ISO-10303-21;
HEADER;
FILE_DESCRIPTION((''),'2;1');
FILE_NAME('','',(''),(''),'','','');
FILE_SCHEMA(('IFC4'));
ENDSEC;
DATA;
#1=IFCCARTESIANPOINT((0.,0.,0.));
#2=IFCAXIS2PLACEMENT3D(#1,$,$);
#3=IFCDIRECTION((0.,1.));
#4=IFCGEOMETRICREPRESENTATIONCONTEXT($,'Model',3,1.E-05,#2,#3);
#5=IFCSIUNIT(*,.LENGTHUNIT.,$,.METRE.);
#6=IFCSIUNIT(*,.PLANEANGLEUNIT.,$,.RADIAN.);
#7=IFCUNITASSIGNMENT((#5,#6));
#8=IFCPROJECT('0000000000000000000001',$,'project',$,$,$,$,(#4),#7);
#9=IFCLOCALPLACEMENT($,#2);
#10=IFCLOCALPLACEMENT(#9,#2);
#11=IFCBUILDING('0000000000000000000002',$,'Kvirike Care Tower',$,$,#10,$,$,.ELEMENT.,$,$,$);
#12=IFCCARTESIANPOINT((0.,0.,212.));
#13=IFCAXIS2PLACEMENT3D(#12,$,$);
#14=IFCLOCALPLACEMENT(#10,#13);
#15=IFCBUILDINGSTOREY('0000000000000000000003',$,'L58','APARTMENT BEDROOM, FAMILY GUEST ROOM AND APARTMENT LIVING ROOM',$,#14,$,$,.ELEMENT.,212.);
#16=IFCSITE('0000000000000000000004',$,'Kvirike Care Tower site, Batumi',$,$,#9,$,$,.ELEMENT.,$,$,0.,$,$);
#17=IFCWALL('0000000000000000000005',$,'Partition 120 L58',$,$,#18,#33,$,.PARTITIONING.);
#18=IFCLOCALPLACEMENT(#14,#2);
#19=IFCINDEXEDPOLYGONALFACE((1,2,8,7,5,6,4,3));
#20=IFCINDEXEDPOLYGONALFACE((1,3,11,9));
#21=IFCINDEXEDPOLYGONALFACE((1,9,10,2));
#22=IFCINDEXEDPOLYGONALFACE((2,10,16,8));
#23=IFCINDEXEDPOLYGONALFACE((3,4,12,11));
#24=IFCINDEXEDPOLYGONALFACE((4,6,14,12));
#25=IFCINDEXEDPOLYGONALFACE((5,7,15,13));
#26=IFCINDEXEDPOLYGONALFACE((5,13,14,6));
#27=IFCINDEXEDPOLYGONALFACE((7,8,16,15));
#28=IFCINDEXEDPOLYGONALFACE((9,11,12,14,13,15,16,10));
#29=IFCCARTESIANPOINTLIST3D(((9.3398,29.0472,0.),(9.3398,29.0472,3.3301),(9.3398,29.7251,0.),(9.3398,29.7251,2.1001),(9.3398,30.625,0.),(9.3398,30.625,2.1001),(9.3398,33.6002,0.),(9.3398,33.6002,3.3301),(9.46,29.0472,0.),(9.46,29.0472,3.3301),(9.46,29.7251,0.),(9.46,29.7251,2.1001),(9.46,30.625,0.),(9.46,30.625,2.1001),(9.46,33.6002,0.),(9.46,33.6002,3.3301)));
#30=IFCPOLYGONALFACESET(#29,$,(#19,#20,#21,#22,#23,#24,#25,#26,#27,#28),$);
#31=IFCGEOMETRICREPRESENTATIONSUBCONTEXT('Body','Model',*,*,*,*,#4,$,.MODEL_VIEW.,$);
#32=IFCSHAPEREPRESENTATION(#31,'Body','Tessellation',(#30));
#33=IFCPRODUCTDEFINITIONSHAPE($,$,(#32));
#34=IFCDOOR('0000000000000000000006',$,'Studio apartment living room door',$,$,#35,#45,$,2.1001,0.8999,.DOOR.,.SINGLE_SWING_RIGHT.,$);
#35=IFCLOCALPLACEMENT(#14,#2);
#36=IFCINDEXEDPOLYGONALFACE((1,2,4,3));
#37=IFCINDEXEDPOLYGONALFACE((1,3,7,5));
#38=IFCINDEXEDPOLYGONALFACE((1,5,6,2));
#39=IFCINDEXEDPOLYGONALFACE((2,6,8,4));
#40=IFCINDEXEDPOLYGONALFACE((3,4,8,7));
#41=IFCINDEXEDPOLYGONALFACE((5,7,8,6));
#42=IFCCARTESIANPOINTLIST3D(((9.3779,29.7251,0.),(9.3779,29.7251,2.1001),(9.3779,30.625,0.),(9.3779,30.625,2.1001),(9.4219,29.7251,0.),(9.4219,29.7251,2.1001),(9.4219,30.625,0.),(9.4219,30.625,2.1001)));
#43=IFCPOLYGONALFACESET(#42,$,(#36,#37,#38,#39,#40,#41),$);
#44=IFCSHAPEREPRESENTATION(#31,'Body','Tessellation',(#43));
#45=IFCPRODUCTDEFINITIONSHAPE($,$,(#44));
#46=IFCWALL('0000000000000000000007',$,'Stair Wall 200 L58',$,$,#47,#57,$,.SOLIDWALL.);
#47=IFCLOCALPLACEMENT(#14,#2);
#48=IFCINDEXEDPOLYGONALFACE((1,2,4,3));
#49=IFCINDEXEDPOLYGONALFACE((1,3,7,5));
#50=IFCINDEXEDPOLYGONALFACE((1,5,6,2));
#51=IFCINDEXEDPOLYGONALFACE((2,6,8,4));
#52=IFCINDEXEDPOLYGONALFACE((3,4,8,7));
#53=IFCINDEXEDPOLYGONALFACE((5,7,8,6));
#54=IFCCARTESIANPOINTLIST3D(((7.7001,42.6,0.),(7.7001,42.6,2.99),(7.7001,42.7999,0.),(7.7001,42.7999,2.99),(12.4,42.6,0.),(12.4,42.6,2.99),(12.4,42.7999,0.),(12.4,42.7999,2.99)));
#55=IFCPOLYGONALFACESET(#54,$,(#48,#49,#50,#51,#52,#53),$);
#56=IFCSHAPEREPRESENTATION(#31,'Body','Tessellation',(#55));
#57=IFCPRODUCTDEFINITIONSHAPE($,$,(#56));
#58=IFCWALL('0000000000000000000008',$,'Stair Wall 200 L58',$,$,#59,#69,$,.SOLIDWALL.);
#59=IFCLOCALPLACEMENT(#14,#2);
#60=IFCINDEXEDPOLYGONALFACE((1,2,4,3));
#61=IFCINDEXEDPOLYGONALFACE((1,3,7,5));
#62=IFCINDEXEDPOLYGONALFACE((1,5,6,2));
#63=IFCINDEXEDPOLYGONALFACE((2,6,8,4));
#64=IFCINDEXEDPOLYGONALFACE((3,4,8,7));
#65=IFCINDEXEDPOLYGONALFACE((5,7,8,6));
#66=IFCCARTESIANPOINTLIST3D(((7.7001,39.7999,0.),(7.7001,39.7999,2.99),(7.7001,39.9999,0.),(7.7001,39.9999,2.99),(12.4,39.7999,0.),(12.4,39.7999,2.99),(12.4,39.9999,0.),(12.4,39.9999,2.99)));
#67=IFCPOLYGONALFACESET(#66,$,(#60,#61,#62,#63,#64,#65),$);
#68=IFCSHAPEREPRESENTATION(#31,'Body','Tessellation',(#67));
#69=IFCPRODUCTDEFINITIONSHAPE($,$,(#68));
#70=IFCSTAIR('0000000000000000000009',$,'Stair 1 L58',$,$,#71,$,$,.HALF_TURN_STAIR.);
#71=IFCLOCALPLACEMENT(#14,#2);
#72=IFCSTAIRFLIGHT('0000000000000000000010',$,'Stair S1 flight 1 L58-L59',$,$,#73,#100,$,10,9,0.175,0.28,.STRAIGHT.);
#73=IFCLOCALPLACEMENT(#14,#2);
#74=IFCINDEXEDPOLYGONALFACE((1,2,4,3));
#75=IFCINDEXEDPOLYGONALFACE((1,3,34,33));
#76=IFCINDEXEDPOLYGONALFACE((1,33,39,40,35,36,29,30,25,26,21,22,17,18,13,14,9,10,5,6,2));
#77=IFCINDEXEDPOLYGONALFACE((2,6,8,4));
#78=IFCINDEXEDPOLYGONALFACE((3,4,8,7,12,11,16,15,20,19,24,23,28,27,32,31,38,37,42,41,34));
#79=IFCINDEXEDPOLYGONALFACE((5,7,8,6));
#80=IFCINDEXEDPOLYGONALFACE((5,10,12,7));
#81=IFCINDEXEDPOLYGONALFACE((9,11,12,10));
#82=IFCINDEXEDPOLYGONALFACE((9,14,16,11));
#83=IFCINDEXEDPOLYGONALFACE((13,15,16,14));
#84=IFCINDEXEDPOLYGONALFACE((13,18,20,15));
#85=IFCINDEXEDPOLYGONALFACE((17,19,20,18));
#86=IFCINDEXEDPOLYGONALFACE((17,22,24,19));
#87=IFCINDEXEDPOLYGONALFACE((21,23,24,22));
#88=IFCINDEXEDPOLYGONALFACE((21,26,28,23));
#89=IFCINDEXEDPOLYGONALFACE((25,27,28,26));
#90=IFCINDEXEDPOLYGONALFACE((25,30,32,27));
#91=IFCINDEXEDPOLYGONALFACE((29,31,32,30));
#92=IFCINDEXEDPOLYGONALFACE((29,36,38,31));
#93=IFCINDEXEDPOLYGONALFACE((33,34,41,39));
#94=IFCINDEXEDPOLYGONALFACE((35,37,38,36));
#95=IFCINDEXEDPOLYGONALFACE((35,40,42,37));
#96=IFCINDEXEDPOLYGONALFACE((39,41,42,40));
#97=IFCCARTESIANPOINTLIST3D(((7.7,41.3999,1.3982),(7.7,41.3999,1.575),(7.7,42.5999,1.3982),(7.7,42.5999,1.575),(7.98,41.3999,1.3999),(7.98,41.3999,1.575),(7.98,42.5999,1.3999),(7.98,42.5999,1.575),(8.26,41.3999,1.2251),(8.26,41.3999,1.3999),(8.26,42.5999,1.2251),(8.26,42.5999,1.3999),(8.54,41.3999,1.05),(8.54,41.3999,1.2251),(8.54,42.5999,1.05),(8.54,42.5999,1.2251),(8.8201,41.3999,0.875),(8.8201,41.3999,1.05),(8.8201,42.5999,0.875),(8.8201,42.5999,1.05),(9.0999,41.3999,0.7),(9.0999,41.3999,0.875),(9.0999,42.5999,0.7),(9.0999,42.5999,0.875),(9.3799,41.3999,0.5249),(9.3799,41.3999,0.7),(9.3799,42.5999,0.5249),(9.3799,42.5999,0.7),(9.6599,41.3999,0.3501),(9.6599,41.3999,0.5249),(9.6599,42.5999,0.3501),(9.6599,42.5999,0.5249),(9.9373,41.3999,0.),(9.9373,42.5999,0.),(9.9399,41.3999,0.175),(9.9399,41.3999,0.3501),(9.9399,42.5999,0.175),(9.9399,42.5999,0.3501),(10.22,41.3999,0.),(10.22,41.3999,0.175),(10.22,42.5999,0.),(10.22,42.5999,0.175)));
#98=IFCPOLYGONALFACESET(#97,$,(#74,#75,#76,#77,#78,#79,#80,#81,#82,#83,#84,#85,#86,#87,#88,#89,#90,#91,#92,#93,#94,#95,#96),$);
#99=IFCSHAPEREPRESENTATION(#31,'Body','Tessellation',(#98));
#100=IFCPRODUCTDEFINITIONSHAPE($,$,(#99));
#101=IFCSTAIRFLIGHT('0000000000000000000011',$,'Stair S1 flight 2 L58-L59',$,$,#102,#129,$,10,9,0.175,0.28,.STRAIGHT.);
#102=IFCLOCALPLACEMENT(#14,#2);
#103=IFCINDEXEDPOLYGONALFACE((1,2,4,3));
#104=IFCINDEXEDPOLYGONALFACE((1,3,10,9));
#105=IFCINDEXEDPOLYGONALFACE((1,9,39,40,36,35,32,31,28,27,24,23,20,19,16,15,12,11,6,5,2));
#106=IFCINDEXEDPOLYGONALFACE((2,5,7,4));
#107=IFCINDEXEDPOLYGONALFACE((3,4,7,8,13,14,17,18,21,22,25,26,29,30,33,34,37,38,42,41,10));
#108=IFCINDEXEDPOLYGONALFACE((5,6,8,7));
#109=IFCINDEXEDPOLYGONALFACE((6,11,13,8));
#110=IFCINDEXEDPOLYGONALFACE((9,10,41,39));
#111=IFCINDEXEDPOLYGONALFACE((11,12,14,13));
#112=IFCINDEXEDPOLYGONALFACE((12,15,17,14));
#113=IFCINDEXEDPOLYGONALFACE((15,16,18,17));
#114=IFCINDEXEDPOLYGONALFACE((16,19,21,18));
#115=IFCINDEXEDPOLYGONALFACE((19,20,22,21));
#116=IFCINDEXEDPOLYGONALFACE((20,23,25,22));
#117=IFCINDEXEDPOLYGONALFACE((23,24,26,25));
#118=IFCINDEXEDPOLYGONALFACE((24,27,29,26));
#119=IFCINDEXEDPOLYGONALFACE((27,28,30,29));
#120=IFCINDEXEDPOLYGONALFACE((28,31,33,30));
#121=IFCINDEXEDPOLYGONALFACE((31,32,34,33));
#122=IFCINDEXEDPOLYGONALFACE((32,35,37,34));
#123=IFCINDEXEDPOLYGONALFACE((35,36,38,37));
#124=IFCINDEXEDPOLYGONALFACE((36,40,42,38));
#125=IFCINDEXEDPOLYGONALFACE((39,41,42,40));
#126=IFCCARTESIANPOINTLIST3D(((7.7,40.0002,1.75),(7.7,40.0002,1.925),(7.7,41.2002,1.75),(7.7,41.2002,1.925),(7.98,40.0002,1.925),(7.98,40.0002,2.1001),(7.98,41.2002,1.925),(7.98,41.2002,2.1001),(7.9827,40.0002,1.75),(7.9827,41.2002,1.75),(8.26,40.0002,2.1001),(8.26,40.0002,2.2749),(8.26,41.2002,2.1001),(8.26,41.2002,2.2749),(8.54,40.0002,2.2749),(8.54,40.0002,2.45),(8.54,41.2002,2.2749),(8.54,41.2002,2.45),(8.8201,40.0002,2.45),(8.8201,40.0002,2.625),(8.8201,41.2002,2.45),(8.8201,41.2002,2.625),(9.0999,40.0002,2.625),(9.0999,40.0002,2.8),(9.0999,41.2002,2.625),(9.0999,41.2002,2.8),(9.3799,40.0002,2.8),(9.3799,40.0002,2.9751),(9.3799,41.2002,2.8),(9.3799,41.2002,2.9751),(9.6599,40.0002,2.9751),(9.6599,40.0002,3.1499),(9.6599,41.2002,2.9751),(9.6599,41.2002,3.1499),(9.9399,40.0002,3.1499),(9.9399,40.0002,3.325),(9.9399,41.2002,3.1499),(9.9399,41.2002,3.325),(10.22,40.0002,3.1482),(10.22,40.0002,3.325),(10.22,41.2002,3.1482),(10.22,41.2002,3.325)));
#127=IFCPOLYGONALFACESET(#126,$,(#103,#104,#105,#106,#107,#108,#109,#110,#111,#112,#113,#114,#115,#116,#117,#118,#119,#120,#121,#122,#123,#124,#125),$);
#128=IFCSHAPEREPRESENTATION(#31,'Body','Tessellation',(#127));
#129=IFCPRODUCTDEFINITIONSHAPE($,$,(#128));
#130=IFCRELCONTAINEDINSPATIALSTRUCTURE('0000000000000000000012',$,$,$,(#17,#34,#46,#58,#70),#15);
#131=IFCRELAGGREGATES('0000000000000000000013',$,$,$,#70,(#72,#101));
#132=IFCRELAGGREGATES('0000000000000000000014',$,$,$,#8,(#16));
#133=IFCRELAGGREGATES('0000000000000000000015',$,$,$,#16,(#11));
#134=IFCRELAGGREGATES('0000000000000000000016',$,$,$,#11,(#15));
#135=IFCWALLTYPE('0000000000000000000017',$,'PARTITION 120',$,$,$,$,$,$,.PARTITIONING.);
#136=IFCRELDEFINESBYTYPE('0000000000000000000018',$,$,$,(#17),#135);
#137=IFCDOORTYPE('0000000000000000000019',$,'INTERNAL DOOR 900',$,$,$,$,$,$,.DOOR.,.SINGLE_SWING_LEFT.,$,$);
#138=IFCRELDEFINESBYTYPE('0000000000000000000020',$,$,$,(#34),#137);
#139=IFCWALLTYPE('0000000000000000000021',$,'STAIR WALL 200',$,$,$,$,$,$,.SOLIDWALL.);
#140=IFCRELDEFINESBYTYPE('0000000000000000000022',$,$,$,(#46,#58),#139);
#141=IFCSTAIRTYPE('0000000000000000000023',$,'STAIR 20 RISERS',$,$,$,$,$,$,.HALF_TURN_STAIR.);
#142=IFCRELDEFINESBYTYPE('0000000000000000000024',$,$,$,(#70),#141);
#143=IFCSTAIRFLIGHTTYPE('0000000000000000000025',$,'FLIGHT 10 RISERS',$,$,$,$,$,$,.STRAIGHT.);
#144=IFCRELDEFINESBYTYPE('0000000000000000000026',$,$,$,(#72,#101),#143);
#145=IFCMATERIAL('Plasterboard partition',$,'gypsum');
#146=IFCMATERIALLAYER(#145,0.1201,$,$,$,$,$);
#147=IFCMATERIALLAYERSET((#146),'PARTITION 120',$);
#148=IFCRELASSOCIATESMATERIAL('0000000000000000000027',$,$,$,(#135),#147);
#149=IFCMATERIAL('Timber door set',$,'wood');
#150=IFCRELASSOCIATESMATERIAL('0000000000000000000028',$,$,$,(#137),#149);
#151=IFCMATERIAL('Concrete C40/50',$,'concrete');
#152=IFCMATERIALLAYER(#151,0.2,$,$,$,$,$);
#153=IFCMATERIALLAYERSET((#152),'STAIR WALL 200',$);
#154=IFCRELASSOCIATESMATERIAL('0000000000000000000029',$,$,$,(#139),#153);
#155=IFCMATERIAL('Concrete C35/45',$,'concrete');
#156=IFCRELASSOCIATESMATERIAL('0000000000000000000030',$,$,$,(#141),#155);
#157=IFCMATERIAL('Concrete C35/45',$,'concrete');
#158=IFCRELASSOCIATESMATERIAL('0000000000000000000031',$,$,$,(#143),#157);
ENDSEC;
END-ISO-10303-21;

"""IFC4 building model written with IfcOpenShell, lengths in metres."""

from ifc_helpers import new_model, si_unit, direction, frame, frame_2d, origin, place, context, subcontext, project, spatial, polyline, rectangle, outline, extrude, material, layer, layer_set, type_object, element, fill, aggregate, save


model = new_model("IFC4")

# Units and contexts
model_context = context("Model", 3, precision=1e-05, world=origin(), true_north=direction((0.0, 1.0)))
body_context = subcontext(model_context, "Body", "Model", "MODEL_VIEW")
ifc_project = project(units=[si_unit("LENGTHUNIT", "METRE"), si_unit("PLANEANGLEUNIT", "RADIAN")], contexts=[model_context])

# Site, building, storey
site_placement = place(None, origin())
site = spatial("IfcSite", under=ifc_project, at=site_placement, Name="Kvirike Care Tower site, Batumi", CompositionType="ELEMENT", RefElevation=0.0)
building_placement = place(site_placement, origin())
building = spatial("IfcBuilding", under=site, at=building_placement, Name="Kvirike Care Tower", CompositionType="ELEMENT")
storey_placement = place(building_placement, frame((0.0, 0.0, 212.0)))
storey = spatial("IfcBuildingStorey", under=building, at=storey_placement, Name="L58", Description="APARTMENT BEDROOM, FAMILY GUEST ROOM AND APARTMENT LIVING ROOM", CompositionType="ELEMENT", Elevation=212.0)

# Wall, opening, door
ifc_material_1 = material(Name="Plasterboard partition", Category="gypsum")
ifc_layer_1 = layer(ifc_material_1, 0.1201)
ifc_layer_set_1 = layer_set([ifc_layer_1], Name="PARTITION 120")
wall_type_1 = type_object("IfcWallType", Name="PARTITION 120", PredefinedType="PARTITIONING", material=ifc_layer_set_1)
ifc_material_2 = material(Name="Timber door set", Category="wood")
door_type_1 = type_object("IfcDoorType", Name="INTERNAL DOOR 900", OperationType="SINGLE_SWING_LEFT", PredefinedType="DOOR", material=ifc_material_2)
wall_1_placement = place(storey_placement, frame((9.3999, 33.6001, 0.0), z_axis=(0.0, 0.0, 1.0), x_axis=(0.0, -1.0, 0.0)))
wall_1 = element("IfcWall", 1, at=wall_1_placement, inside=storey, type_object=wall_type_1, Name="Partition 120 L58", PredefinedType="PARTITIONING", context=body_context, shape_type="SweptSolid", body=[
    extrude(rectangle(XDim=4.553, YDim=0.1201, at=frame_2d((2.2764, 0.0))), origin(), (0.0, 0.0, 1.0), 3.3301),
])
opening_1_placement = place(wall_1_placement, frame((2.9751, 0.0, 0.0)))
opening_1 = element("IfcOpeningElement", 2, at=opening_1_placement, cuts=wall_1, PredefinedType="OPENING", context=body_context, shape_type="SweptSolid", body=[
    extrude(rectangle(XDim=0.8999, YDim=2.1001, at=frame_2d((0.45, 1.05))), frame((0.0, 0.0706, 0.0), z_axis=(0.0, -1.0, 0.0), x_axis=(1.0, 0.0, 0.0)), (0.0, 0.0, 1.0), 0.1411),
])
door_1_placement = place(opening_1_placement, origin())
door_1 = element("IfcDoor", 3, at=door_1_placement, inside=storey, type_object=door_type_1, Name="Studio apartment living room door", OperationType="SINGLE_SWING_RIGHT", OverallHeight=2.1001, OverallWidth=0.8999, PredefinedType="DOOR", context=body_context, shape_type="SweptSolid", body=[
    extrude(rectangle(XDim=0.8999, YDim=2.1001, at=frame_2d((0.45, 1.05))), frame((0.0, 0.022, 0.0), z_axis=(0.0, -1.0, 0.0), x_axis=(1.0, 0.0, 0.0)), (0.0, 0.0, 1.0), 0.0439),
])
fill(opening_1, door_1)

# Walls
ifc_material_3 = material(Name="Concrete C40/50", Category="concrete")
ifc_layer_2 = layer(ifc_material_3, 0.2)
ifc_layer_set_2 = layer_set([ifc_layer_2], Name="STAIR WALL 200")
wall_type_2 = type_object("IfcWallType", Name="STAIR WALL 200", PredefinedType="SOLIDWALL", material=ifc_layer_set_2)
for number, where, z_axis, x_axis, name in (
    (4, (7.7, 42.7, 0.0), (0.0, 0.0, 1.0), (1.0, 0.0, 0.0), "Stair Wall 200 L58"),
    (5, (7.7, 39.8999, 0.0), (0.0, 0.0, 1.0), (1.0, 0.0, 0.0), "Stair Wall 200 L58"),
):
    element("IfcWall", number, at=place(storey_placement, frame(where, z_axis=z_axis, x_axis=x_axis)), inside=storey, type_object=wall_type_2, Name=name, PredefinedType="SOLIDWALL", context=body_context, shape_type="SweptSolid", body=[
        extrude(rectangle(XDim=4.7, YDim=0.2, at=frame_2d((2.3501, 0.0))), origin(), (0.0, 0.0, 1.0), 2.99),
    ])

# Stair, stair flights
ifc_material_4 = material(Name="Concrete C35/45", Category="concrete")
stair_type = type_object("IfcStairType", Name="STAIR 20 RISERS", PredefinedType="HALF_TURN_STAIR", material=ifc_material_4)
stair_placement = place(storey_placement, origin())
stair = element("IfcStair", 6, at=stair_placement, inside=storey, type_object=stair_type, Name="Stair 1 L58", PredefinedType="HALF_TURN_STAIR")
ifc_material_5 = material(Name="Concrete C35/45", Category="concrete")
stair_flight_type = type_object("IfcStairFlightType", Name="FLIGHT 10 RISERS", PredefinedType="STRAIGHT", material=ifc_material_5)
stair_flight_1_placement = place(storey_placement, frame((10.22, 42.0, 0.0), z_axis=(0.0, 0.0, 1.0), x_axis=(-1.0, 0.0, 0.0)))
stair_flight_1 = element("IfcStairFlight", 7, at=stair_flight_1_placement, type_object=stair_flight_type, Name="Stair S1 flight 1 L58-L59", NumberOfRisers=10, NumberOfTreads=9, PredefinedType="STRAIGHT", RiserHeight=0.175, TreadLength=0.28, context=body_context, shape_type="SweptSolid", body=[
    extrude(outline(polyline([(0.0, 0.0), (0.0, 0.175), (0.28, 0.175), (0.28, 0.3501), (0.5601, 0.3501), (0.5601, 0.5249), (0.8401, 0.5249), (0.8401, 0.7), (1.1201, 0.7), (1.1201, 0.875), (1.3999, 0.875), (1.3999, 1.05), (1.6799, 1.05), (1.6799, 1.2251), (1.96, 1.2251), (1.96, 1.3999), (2.24, 1.3999), (2.24, 1.575), (2.52, 1.575), (2.52, 1.75), (2.52, 1.3982), (0.2827, 0.0), (0.0, 0.0)])), frame((0.0, 0.6001, 0.0), z_axis=(0.0, -1.0, 0.0), x_axis=(1.0, 0.0, 0.0)), (0.0, 0.0, 1.0), 1.2),
])
stair_flight_2_placement = place(storey_placement, frame((7.7, 40.6001, 1.75), z_axis=(0.0, 0.0, 1.0), x_axis=(1.0, 0.0, 0.0)))
stair_flight_2 = element("IfcStairFlight", 8, at=stair_flight_2_placement, type_object=stair_flight_type, Name="Stair S1 flight 2 L58-L59", NumberOfRisers=10, NumberOfTreads=9, PredefinedType="STRAIGHT", RiserHeight=0.175, TreadLength=0.28, context=body_context, shape_type="SweptSolid", body=[
    extrude(outline(polyline([(0.0, 0.0), (0.0, 0.175), (0.28, 0.175), (0.28, 0.3501), (0.5601, 0.3501), (0.5601, 0.5249), (0.8401, 0.5249), (0.8401, 0.7), (1.1201, 0.7), (1.1201, 0.875), (1.3999, 0.875), (1.3999, 1.05), (1.6799, 1.05), (1.6799, 1.2251), (1.96, 1.2251), (1.96, 1.3999), (2.24, 1.3999), (2.24, 1.575), (2.52, 1.575), (2.52, 1.75), (2.52, 1.3982), (0.2827, 0.0), (0.0, 0.0)])), frame((0.0, 0.6001, 0.0), z_axis=(0.0, -1.0, 0.0), x_axis=(1.0, 0.0, 0.0)), (0.0, 0.0, 1.0), 1.2),
])
aggregate(stair, [stair_flight_1, stair_flight_2])

save(model, "model.ifc")
